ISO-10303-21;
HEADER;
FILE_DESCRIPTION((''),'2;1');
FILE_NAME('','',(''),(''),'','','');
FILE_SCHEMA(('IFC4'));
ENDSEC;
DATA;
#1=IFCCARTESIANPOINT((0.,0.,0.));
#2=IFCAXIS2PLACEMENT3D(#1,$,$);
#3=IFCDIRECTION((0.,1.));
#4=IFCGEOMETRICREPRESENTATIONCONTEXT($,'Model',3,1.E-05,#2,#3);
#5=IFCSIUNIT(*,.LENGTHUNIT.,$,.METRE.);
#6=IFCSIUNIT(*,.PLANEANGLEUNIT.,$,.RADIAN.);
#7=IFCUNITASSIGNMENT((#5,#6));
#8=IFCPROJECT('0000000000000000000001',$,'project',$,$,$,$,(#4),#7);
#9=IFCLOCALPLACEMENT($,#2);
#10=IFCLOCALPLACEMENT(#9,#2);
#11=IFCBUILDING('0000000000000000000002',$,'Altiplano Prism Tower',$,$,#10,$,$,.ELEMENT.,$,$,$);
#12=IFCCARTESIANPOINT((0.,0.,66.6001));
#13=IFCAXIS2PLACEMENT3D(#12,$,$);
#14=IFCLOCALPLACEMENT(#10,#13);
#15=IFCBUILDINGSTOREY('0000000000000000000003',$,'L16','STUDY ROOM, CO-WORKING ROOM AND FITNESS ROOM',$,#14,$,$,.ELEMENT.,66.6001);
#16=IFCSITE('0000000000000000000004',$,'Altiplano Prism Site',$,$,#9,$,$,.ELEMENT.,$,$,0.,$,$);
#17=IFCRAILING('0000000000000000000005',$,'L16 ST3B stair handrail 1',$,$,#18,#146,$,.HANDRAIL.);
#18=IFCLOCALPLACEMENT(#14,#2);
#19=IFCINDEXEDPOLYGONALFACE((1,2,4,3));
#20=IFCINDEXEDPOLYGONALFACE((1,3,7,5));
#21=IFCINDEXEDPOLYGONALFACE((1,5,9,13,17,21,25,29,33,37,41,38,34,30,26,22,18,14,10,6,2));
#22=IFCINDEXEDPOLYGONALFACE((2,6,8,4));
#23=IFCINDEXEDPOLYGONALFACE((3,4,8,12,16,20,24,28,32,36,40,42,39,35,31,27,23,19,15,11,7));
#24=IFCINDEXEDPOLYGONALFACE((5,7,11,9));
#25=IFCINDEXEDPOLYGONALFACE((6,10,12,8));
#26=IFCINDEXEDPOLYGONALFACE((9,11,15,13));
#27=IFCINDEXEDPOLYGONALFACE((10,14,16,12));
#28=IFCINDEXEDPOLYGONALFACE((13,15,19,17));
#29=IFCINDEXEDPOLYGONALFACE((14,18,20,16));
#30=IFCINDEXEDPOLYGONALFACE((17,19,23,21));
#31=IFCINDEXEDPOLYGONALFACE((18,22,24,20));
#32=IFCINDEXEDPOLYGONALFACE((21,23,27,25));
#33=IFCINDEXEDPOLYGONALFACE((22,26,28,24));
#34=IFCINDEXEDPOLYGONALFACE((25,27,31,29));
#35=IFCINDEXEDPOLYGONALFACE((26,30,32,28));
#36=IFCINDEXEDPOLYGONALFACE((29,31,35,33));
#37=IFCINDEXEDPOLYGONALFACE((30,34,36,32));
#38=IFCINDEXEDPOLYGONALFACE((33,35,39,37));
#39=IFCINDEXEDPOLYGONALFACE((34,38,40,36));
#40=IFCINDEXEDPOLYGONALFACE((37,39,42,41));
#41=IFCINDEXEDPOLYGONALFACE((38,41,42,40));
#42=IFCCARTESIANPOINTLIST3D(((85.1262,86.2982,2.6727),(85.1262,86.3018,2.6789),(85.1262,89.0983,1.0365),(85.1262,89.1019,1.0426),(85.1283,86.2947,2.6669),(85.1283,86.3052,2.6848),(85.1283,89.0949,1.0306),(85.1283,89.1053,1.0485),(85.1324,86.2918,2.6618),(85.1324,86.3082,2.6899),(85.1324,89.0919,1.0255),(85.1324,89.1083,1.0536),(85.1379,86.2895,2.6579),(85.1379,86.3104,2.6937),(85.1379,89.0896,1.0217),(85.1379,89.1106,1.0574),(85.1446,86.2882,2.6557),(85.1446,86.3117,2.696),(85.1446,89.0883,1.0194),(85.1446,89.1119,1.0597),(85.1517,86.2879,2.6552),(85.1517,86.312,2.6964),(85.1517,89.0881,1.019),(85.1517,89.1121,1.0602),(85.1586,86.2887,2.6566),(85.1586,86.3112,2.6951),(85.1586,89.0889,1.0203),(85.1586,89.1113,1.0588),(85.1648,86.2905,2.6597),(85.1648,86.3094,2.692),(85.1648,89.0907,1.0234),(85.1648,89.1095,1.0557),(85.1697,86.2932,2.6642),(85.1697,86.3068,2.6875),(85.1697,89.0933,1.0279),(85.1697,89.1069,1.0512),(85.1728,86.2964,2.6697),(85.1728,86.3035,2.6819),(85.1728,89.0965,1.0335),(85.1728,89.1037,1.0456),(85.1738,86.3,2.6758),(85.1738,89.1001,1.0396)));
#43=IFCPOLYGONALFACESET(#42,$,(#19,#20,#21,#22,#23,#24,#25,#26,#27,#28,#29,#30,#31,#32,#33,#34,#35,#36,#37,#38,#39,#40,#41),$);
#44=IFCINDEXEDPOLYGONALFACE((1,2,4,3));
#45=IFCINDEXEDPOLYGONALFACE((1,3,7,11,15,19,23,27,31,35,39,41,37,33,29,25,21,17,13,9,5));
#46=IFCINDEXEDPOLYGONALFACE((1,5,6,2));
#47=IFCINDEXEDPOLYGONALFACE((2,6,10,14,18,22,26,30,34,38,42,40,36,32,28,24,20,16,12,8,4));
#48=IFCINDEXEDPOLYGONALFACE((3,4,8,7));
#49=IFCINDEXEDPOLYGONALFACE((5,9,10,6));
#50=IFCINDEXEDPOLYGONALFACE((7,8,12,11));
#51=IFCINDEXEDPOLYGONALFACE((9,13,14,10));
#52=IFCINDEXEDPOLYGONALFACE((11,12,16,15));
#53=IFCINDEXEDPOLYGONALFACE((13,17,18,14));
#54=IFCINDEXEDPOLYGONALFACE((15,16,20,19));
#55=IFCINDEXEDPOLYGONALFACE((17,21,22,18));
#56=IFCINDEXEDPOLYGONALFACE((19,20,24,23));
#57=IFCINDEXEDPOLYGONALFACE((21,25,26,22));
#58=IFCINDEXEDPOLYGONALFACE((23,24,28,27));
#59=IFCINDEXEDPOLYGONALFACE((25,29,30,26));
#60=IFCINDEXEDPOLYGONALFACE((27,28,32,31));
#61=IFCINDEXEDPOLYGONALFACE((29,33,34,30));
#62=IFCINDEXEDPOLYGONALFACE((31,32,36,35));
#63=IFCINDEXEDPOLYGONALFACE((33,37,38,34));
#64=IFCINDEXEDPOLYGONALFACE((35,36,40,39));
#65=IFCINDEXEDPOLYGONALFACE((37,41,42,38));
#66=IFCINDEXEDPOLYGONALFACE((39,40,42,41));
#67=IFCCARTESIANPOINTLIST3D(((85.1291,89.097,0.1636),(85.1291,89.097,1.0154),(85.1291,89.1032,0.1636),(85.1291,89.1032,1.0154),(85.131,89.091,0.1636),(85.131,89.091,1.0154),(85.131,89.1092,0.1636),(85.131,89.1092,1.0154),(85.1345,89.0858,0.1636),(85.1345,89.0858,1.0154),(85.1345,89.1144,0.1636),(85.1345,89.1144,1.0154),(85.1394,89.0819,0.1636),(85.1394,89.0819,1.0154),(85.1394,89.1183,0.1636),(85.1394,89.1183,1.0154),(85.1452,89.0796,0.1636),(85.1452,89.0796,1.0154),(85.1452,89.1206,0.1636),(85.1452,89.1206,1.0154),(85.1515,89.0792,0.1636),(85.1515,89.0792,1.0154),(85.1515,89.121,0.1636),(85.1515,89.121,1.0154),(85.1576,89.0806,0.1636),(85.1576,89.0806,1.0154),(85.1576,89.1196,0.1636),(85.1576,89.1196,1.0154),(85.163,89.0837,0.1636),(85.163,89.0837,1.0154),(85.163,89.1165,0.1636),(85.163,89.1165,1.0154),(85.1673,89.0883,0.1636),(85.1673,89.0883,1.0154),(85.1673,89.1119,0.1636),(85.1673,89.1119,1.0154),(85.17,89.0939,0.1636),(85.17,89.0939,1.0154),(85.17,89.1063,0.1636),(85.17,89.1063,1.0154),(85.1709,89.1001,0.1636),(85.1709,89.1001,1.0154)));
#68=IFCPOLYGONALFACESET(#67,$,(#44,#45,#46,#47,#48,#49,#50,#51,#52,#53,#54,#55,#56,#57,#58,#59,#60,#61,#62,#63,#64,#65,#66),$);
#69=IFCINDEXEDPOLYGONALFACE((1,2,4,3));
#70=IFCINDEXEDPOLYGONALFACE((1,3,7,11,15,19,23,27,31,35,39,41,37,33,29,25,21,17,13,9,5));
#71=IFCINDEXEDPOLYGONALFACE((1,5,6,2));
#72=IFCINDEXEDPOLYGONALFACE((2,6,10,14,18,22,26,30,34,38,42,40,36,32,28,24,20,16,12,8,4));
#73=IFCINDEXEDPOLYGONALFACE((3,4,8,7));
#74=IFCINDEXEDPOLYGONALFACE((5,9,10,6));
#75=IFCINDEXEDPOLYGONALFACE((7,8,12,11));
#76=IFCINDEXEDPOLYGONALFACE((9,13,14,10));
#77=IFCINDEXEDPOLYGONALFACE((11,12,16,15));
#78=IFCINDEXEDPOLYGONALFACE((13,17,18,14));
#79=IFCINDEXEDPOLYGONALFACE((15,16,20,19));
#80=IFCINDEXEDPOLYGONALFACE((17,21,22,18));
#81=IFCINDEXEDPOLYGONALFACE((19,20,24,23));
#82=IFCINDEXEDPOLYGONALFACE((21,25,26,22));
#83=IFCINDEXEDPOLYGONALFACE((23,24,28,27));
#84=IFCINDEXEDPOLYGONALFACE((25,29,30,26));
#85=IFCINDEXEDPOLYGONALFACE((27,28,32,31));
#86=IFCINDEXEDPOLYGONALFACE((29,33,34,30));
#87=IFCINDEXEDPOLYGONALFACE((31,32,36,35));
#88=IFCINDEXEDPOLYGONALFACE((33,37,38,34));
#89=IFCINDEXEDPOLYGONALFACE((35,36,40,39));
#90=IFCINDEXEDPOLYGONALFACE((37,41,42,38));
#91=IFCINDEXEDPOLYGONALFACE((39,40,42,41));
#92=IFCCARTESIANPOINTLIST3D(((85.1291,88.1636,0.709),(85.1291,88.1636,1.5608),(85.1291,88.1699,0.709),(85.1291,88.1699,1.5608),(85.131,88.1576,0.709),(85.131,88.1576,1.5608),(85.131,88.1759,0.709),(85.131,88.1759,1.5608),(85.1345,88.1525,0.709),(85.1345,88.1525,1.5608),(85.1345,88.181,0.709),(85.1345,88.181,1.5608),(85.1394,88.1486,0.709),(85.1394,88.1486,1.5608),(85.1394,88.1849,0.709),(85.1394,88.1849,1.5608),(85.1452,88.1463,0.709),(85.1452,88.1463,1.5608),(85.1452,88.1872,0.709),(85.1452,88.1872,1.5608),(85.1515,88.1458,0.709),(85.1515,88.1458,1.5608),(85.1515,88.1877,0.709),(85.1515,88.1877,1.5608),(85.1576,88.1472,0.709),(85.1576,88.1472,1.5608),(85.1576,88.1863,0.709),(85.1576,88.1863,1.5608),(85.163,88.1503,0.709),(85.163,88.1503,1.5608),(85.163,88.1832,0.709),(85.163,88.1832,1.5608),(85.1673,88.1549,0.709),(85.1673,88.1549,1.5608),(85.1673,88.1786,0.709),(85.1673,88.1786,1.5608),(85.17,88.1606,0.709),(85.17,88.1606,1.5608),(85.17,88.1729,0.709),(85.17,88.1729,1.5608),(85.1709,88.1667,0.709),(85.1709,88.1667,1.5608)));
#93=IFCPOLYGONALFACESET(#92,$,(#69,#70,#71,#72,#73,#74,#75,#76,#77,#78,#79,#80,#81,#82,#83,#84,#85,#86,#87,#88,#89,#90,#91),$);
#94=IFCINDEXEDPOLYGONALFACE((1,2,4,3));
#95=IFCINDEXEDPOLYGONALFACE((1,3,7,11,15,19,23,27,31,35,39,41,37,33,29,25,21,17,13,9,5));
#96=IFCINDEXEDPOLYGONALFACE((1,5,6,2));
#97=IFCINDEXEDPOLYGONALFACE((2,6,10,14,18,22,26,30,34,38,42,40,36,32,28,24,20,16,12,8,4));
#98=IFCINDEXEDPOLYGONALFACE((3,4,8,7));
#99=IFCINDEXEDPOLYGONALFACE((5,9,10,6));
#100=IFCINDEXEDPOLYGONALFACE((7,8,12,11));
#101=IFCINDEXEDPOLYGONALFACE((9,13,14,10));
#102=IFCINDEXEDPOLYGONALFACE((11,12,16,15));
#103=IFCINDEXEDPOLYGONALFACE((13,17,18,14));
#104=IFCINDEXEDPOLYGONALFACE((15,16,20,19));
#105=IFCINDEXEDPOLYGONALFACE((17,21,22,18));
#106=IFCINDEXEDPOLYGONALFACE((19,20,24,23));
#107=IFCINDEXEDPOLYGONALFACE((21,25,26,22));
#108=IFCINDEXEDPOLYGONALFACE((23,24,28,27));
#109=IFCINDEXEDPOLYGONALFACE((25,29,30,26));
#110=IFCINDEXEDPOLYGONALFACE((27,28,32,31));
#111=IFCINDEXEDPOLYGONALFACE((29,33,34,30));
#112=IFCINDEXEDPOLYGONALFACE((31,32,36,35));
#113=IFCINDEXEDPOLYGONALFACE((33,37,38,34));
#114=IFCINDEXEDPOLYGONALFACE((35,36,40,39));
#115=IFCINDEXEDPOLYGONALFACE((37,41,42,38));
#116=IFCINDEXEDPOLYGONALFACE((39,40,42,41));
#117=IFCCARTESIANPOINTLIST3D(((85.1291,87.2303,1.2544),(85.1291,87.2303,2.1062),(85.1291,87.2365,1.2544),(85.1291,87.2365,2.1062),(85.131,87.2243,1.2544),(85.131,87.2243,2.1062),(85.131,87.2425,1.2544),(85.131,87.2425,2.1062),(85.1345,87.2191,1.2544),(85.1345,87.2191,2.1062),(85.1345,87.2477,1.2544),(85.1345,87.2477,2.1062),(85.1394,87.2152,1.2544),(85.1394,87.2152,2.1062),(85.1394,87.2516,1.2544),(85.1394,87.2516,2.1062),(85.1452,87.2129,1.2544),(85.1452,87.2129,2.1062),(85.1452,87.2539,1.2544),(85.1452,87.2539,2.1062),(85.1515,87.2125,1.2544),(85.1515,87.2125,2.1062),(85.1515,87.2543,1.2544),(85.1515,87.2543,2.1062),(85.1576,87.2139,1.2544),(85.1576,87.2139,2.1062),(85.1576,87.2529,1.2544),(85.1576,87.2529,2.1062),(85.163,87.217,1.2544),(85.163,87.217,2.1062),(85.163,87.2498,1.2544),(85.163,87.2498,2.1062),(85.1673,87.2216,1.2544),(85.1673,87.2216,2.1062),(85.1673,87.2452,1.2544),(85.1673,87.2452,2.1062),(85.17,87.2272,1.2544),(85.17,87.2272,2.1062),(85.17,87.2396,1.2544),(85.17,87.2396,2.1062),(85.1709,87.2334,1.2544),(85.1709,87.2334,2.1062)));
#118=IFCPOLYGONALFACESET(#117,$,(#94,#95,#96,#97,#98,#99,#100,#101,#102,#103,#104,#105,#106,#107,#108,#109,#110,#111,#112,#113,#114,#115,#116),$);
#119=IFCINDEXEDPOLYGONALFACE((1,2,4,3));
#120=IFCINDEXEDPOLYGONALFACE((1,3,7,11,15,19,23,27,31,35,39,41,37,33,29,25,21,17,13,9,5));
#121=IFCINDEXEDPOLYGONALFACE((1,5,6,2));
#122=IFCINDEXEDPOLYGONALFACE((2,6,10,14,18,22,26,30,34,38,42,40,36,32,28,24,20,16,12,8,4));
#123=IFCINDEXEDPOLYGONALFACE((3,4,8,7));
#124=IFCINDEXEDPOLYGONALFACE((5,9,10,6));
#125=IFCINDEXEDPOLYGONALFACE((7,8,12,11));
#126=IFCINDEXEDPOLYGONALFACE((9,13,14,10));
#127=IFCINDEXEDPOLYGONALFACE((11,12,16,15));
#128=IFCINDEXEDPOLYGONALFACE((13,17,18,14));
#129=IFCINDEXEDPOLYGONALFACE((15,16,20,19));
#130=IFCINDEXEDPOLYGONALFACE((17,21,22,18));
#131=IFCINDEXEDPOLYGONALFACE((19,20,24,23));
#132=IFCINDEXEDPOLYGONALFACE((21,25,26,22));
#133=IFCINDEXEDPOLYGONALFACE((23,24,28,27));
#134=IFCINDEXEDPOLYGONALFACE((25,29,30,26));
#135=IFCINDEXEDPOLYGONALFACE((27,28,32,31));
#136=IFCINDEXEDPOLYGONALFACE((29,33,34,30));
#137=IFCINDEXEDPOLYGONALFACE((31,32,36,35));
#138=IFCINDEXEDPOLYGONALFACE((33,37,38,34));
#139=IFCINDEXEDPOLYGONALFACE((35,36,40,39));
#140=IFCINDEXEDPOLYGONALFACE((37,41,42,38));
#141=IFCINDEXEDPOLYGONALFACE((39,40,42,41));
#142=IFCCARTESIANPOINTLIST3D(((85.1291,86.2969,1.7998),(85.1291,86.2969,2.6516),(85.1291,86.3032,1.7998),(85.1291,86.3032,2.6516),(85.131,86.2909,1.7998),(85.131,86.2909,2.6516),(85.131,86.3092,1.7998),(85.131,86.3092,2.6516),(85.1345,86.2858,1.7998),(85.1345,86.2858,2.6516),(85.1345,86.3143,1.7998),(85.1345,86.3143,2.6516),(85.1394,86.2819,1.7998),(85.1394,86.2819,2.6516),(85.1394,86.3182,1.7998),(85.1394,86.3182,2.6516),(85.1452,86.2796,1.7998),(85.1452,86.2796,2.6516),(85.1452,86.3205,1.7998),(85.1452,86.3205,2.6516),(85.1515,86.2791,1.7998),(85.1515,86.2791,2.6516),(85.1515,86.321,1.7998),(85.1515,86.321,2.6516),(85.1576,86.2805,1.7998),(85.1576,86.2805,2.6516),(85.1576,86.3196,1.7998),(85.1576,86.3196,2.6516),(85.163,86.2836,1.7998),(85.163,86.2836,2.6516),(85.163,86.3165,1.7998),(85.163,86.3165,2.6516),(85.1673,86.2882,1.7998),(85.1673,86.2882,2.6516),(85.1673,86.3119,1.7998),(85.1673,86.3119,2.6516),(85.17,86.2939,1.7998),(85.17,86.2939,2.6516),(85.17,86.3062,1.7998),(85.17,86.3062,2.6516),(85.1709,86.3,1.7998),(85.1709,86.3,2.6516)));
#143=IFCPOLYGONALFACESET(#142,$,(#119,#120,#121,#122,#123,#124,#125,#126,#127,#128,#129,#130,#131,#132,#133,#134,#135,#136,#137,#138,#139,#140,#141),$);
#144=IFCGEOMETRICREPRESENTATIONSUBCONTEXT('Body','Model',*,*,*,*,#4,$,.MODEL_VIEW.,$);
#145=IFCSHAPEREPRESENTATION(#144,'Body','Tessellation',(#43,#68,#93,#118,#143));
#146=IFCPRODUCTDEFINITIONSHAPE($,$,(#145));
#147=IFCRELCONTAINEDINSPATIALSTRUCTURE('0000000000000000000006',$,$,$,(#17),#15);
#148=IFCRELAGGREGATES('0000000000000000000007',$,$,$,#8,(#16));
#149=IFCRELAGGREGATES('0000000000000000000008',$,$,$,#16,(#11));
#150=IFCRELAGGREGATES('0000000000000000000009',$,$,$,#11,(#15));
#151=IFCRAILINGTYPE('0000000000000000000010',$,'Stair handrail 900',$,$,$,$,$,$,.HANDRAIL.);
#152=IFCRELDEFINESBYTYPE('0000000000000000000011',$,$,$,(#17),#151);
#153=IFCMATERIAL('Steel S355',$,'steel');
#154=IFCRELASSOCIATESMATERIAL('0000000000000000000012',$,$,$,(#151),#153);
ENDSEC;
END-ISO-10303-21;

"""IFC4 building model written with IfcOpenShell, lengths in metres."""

from ifc_helpers import new_model, si_unit, direction, frame, origin, origin_2d, place, context, subcontext, project, spatial, circle, extrude, material, type_object, element, save


model = new_model("IFC4")

# Units and contexts
model_context = context("Model", 3, precision=1e-05, world=origin(), true_north=direction((0.0, 1.0)))
body_context = subcontext(model_context, "Body", "Model", "MODEL_VIEW")
ifc_project = project(units=[si_unit("LENGTHUNIT", "METRE"), si_unit("PLANEANGLEUNIT", "RADIAN")], contexts=[model_context])

# Site, building, storey
site_placement = place(None, origin())
site = spatial("IfcSite", under=ifc_project, at=site_placement, Name="Altiplano Prism Site", CompositionType="ELEMENT", RefElevation=0.0)
building_placement = place(site_placement, origin())
building = spatial("IfcBuilding", under=site, at=building_placement, Name="Altiplano Prism Tower", CompositionType="ELEMENT")
storey_placement = place(building_placement, frame((0.0, 0.0, 66.6001)))
storey = spatial("IfcBuildingStorey", under=building, at=storey_placement, Name="L16", Description="STUDY ROOM, CO-WORKING ROOM AND FITNESS ROOM", CompositionType="ELEMENT", Elevation=66.6001)

# Shared definitions
ifc_material_1 = material(Name="Steel S355", Category="steel")

# Railing
railing_type = type_object("IfcRailingType", Name="Stair handrail 900", PredefinedType="HANDRAIL", material=ifc_material_1)
railing_1_placement = place(storey_placement, frame((85.1499, 89.1001, 0.1636)))
element("IfcRailing", 1, at=railing_1_placement, inside=storey, type_object=railing_type, Name="L16 ST3B stair handrail 1", PredefinedType="HANDRAIL", context=body_context, shape_type="SweptSolid", body=[
    extrude(circle(Radius=0.0239, at=origin_2d()), frame((0.0, 0.0, 0.876), z_axis=(0.0, -0.863394, 0.504531), x_axis=(1.0, 0.0, 0.0)), (0.0, 0.0, 1.0), 3.2432),
    extrude(circle(Radius=0.021, at=origin_2d()), origin(), (0.0, 0.0, 1.0), 0.8518),
    extrude(circle(Radius=0.021, at=origin_2d()), frame((0.0, -0.9333, 0.5454)), (0.0, 0.0, 1.0), 0.8518),
    extrude(circle(Radius=0.021, at=origin_2d()), frame((0.0, -1.8667, 1.0908)), (0.0, 0.0, 1.0), 0.8518),
    extrude(circle(Radius=0.021, at=origin_2d()), frame((0.0, -2.8, 1.6362)), (0.0, 0.0, 1.0), 0.8518),
])

save(model, "model.ifc")
